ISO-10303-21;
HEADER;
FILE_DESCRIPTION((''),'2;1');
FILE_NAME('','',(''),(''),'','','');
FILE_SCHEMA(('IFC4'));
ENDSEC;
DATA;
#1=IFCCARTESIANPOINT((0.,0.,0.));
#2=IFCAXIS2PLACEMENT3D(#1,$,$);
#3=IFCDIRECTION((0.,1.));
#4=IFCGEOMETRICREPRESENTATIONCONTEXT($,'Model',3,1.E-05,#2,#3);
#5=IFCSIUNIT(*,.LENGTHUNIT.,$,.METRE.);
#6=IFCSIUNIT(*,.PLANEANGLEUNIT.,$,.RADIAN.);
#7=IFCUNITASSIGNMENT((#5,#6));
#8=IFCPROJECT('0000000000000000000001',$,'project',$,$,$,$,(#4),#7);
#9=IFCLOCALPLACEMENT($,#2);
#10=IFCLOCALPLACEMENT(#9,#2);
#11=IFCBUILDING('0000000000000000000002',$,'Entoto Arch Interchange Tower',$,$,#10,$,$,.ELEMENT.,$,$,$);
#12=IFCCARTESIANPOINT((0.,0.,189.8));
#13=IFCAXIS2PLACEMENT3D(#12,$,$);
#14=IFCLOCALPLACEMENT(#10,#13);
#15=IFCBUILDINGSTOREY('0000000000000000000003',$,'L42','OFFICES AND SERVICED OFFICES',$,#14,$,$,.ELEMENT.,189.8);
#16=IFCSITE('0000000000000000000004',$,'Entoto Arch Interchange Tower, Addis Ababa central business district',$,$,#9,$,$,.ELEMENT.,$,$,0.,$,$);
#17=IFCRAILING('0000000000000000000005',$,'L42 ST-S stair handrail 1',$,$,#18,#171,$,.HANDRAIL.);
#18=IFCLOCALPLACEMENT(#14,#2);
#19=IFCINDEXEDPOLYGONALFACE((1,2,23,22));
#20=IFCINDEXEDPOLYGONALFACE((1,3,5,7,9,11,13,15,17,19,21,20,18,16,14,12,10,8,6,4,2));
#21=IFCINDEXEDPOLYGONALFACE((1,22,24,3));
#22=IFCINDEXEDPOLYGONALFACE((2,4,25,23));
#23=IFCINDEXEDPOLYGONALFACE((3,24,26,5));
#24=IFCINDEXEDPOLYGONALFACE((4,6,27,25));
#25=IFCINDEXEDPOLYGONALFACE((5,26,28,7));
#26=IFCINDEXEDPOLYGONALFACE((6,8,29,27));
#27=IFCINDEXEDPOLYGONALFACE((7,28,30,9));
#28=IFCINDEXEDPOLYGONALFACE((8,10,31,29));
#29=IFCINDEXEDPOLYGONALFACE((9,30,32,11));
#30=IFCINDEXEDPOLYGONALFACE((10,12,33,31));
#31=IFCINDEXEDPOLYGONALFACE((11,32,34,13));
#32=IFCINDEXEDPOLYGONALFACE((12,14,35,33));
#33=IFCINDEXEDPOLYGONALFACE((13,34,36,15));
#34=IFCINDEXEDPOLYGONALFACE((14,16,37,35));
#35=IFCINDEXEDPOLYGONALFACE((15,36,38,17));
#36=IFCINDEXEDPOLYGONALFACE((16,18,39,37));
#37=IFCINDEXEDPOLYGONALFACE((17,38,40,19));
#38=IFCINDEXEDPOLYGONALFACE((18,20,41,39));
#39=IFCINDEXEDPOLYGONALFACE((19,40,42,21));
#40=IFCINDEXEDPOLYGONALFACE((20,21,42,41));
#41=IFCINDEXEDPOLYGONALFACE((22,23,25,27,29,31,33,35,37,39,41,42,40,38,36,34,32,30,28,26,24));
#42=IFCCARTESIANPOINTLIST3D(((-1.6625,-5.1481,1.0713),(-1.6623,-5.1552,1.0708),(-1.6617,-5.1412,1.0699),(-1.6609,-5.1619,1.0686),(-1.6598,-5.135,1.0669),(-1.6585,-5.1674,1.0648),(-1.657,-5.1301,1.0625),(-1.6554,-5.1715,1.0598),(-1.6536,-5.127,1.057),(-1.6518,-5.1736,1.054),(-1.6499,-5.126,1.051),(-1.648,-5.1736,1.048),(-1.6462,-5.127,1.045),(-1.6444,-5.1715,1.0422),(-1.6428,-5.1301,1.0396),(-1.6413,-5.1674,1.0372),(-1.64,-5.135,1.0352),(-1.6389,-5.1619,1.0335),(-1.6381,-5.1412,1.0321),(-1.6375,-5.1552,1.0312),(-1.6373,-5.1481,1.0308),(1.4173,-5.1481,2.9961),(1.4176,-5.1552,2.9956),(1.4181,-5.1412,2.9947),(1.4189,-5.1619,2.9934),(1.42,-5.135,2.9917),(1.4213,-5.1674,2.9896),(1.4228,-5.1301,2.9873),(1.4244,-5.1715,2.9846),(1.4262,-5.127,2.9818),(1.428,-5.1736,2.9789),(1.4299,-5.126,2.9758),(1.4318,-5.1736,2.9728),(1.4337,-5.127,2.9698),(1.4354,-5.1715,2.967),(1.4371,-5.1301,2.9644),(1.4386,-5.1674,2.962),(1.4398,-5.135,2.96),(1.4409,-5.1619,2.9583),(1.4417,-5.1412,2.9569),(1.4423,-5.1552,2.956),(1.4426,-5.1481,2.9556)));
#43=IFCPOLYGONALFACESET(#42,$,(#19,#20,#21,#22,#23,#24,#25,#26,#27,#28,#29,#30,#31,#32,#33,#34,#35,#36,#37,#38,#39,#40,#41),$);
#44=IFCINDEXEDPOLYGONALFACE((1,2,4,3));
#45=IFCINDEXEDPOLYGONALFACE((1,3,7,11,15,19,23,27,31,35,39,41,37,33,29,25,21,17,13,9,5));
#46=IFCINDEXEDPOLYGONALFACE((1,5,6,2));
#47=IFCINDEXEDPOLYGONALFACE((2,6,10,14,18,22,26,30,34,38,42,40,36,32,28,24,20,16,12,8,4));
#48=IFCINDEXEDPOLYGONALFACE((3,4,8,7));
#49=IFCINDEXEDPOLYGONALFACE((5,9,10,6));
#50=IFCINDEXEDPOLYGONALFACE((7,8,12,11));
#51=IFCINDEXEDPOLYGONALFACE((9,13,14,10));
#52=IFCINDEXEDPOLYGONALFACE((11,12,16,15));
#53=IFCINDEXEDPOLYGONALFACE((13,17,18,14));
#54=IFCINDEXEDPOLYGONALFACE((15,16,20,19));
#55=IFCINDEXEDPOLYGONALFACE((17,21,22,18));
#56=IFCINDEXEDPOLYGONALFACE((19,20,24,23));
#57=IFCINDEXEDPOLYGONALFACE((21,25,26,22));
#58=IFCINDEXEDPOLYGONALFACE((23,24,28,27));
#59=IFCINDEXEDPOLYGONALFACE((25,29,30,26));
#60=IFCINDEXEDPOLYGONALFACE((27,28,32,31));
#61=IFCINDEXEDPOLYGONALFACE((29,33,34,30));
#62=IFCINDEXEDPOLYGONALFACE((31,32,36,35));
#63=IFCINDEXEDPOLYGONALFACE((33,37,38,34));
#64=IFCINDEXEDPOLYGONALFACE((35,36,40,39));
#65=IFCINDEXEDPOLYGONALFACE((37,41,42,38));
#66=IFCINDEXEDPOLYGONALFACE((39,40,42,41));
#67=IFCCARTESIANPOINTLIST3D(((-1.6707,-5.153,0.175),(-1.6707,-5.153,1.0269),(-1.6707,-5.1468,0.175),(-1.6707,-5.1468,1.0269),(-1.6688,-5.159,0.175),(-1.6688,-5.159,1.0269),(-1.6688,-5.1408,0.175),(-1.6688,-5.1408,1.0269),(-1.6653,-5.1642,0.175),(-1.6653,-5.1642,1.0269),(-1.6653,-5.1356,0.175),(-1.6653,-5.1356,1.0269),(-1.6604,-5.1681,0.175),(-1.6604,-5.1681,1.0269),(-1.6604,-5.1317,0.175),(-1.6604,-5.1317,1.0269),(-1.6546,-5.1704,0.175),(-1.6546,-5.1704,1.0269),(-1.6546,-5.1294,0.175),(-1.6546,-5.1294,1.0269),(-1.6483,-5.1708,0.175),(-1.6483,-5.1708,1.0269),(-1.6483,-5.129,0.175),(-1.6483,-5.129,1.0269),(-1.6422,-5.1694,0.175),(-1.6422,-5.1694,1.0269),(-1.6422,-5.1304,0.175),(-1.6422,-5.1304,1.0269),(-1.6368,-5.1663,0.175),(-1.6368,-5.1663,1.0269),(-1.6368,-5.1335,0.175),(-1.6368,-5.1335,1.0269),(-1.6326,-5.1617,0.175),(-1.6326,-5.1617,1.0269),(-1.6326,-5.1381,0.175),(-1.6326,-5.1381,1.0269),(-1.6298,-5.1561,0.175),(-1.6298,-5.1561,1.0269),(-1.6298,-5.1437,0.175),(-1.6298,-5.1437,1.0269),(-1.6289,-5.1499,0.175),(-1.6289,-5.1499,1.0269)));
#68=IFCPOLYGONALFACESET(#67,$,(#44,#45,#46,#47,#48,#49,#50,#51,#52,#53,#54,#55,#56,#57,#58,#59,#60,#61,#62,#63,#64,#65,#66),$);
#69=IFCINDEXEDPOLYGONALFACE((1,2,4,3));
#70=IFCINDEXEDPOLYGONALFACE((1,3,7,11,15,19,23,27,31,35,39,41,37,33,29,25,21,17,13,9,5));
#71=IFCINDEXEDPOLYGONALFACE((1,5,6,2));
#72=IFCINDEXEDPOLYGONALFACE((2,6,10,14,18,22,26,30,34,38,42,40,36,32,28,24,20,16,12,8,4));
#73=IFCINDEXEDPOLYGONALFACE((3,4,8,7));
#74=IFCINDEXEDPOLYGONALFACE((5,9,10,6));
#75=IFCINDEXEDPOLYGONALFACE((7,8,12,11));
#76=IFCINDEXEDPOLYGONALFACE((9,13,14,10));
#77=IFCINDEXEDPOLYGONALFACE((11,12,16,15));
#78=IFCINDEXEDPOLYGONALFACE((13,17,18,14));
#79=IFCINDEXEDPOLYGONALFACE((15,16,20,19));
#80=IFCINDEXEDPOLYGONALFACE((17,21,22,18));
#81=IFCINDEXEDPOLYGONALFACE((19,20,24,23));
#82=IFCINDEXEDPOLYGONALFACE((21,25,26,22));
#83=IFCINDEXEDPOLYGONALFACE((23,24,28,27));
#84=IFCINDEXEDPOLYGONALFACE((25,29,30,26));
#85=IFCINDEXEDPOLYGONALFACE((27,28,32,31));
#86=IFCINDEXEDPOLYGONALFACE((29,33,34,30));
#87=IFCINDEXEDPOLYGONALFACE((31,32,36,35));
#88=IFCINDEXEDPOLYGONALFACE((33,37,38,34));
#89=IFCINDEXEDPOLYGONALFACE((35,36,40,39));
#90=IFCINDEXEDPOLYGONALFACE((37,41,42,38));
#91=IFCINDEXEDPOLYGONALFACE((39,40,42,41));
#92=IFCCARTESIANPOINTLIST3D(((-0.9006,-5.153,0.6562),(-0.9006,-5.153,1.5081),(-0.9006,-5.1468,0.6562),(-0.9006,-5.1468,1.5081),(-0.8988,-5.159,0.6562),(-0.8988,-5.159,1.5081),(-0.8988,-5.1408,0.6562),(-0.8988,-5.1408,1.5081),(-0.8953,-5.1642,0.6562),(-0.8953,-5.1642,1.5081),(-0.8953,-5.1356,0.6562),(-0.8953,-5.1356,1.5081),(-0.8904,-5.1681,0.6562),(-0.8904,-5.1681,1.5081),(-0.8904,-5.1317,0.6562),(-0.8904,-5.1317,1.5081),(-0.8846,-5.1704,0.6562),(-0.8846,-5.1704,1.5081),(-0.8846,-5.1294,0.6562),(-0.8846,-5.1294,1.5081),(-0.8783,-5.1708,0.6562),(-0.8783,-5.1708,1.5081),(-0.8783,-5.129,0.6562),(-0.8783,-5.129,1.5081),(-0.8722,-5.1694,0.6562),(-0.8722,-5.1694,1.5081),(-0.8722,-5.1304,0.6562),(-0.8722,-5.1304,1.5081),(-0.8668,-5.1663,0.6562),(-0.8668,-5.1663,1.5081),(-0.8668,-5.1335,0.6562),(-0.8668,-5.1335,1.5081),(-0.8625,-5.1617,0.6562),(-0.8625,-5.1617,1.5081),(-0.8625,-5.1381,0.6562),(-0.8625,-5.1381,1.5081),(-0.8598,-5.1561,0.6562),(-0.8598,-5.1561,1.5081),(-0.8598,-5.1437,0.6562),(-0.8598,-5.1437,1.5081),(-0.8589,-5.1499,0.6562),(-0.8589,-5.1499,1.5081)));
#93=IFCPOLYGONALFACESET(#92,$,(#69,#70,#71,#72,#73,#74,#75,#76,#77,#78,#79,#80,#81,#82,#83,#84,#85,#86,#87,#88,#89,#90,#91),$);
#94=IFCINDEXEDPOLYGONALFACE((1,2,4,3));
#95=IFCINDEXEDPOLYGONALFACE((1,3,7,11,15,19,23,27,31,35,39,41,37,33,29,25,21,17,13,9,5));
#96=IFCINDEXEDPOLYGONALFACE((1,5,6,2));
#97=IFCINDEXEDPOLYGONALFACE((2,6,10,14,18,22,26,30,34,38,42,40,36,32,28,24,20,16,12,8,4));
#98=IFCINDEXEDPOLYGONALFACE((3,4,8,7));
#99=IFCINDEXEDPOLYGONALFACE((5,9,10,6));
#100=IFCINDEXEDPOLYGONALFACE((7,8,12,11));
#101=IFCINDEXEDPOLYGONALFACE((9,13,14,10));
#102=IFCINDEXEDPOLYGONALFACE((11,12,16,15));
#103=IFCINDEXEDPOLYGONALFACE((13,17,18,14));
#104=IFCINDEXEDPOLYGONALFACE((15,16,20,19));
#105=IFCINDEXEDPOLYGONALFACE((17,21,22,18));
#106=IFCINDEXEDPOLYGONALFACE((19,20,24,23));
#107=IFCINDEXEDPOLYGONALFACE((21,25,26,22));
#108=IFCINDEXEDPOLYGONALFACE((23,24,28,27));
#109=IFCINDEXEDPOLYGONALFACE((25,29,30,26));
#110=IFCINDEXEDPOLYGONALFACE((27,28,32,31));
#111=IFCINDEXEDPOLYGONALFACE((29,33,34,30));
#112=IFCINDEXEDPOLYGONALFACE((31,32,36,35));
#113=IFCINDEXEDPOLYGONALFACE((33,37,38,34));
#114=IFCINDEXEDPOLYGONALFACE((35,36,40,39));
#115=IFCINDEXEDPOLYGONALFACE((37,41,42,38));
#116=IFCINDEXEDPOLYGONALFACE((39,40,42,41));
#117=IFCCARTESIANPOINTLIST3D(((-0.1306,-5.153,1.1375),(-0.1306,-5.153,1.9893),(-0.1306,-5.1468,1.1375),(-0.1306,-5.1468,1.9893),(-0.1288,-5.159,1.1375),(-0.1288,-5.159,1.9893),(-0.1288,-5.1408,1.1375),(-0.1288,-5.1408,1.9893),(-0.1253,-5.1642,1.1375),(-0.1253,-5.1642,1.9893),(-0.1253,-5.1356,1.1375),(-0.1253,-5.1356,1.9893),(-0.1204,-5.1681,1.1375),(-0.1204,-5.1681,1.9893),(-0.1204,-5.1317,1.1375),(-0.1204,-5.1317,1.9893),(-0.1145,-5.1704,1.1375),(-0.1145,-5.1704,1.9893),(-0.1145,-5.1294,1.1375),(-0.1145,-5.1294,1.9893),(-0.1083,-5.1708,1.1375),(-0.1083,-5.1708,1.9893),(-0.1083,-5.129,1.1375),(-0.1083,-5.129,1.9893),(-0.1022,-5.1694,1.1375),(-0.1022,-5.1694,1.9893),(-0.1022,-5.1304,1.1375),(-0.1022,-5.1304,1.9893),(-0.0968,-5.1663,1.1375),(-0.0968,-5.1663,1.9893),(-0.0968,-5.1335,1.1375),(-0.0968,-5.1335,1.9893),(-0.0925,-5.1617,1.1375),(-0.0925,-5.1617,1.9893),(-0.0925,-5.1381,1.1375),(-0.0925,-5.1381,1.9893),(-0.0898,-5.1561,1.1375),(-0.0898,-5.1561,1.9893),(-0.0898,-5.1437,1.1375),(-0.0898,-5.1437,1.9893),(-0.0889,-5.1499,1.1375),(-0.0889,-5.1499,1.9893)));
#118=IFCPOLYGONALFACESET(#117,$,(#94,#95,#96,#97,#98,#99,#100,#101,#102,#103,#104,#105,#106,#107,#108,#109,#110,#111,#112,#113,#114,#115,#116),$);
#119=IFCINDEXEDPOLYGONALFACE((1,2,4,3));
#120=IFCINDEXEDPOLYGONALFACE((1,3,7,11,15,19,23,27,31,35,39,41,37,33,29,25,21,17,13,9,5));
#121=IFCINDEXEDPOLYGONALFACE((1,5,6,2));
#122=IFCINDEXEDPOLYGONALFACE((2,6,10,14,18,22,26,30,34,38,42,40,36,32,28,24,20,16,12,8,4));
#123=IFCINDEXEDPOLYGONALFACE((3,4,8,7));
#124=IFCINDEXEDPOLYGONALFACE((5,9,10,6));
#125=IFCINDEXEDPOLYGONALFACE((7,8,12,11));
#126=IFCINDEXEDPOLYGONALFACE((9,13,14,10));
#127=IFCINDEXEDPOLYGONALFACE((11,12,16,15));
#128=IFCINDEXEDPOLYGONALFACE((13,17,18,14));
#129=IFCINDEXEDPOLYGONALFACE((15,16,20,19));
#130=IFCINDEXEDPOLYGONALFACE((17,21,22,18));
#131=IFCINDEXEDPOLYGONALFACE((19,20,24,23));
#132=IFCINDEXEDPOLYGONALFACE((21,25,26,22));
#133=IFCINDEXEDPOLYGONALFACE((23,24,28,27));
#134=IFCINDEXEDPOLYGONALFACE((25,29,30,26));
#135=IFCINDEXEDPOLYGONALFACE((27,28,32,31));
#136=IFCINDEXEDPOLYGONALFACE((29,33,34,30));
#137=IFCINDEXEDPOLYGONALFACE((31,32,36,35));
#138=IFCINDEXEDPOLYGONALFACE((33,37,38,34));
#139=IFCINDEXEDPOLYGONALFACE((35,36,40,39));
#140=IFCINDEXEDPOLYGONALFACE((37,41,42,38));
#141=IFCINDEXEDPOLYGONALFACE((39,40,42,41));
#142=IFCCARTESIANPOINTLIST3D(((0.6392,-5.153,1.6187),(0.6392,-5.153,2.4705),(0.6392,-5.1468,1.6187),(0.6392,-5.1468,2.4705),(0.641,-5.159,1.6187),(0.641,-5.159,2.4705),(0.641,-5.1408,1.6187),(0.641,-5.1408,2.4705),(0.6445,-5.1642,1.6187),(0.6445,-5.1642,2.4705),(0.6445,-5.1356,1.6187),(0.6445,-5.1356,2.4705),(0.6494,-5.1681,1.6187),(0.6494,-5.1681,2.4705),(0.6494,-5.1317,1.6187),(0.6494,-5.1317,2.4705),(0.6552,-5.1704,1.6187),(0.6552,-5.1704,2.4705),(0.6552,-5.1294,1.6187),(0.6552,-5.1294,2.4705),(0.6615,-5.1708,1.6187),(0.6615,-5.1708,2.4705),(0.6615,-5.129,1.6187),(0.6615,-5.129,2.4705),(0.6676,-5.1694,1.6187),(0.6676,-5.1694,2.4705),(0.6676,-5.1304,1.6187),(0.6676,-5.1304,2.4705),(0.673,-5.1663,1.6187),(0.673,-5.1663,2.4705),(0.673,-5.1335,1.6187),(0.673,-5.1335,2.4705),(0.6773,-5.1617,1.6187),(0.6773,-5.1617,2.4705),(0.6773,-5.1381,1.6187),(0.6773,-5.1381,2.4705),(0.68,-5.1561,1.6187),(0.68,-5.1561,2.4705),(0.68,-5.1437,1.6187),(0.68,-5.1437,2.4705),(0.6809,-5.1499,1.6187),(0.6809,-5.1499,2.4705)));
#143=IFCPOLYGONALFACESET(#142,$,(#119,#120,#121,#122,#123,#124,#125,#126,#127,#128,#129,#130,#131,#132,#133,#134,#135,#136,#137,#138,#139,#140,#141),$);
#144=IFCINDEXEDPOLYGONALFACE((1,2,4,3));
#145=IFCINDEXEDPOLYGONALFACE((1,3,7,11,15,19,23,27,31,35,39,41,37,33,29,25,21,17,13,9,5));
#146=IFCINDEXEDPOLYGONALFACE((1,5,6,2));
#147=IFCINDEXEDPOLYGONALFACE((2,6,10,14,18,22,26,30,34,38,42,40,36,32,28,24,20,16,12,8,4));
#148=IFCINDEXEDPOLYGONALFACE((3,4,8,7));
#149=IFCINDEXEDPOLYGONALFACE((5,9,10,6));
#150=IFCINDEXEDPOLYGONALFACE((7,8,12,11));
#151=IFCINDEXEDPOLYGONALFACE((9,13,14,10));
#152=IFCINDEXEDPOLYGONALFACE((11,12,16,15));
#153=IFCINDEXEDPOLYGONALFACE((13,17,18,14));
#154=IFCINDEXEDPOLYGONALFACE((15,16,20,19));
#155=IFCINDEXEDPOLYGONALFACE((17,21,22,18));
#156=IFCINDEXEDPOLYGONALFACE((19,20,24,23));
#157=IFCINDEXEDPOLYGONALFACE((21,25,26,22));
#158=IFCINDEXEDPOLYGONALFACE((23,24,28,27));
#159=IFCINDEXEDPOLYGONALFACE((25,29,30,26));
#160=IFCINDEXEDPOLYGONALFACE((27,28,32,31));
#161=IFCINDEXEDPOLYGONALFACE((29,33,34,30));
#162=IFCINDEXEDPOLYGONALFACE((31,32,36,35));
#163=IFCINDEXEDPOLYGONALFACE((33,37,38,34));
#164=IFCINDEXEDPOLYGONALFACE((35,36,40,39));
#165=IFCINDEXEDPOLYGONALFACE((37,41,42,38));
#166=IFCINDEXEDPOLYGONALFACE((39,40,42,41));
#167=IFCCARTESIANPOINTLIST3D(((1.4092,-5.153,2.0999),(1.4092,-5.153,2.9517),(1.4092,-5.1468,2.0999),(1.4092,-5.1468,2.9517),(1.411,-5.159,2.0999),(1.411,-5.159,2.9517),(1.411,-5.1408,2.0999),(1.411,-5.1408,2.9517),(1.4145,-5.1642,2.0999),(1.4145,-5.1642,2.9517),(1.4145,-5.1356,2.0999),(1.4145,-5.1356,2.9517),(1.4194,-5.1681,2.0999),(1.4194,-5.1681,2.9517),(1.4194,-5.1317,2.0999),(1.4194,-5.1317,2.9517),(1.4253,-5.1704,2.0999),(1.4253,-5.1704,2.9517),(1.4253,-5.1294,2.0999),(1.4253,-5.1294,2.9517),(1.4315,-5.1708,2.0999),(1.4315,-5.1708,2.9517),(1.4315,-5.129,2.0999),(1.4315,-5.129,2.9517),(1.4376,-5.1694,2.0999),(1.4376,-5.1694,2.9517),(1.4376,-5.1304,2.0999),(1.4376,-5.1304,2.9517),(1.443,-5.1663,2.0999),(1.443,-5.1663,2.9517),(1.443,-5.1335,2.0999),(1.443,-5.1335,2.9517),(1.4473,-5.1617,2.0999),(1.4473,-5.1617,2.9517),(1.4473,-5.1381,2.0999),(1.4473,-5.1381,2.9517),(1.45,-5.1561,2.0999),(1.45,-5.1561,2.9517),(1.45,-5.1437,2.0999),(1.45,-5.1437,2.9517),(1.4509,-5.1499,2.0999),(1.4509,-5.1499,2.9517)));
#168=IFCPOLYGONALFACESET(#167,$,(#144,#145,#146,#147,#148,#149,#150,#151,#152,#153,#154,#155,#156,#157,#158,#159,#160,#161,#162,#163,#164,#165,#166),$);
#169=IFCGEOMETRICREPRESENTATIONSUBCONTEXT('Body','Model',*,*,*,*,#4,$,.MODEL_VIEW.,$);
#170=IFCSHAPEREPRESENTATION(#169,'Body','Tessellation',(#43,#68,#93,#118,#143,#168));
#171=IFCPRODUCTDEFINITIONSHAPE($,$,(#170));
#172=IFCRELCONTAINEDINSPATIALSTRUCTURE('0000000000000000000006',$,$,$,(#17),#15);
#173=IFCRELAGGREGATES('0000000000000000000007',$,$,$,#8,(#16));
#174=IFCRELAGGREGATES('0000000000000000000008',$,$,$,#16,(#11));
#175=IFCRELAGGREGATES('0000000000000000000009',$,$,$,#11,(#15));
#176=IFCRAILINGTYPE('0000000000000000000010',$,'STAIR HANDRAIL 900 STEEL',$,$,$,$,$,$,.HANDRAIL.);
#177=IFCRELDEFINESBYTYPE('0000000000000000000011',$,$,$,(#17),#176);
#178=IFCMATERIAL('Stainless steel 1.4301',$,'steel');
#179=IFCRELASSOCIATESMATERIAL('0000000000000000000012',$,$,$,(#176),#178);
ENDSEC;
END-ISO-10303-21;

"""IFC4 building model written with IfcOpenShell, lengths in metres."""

from ifc_helpers import new_model, si_unit, direction, frame, origin, origin_2d, place, context, subcontext, project, spatial, circle, extrude, material, type_object, element, save


model = new_model("IFC4")

# Units and contexts
model_context = context("Model", 3, precision=1e-05, world=origin(), true_north=direction((0.0, 1.0)))
body_context = subcontext(model_context, "Body", "Model", "MODEL_VIEW")
ifc_project = project(units=[si_unit("LENGTHUNIT", "METRE"), si_unit("PLANEANGLEUNIT", "RADIAN")], contexts=[model_context])

# Site, building, storey
site_placement = place(None, origin())
site = spatial("IfcSite", under=ifc_project, at=site_placement, Name="Entoto Arch Interchange Tower, Addis Ababa central business district", CompositionType="ELEMENT", RefElevation=0.0)
building_placement = place(site_placement, origin())
building = spatial("IfcBuilding", under=site, at=building_placement, Name="Entoto Arch Interchange Tower", CompositionType="ELEMENT")
storey_placement = place(building_placement, frame((0.0, 0.0, 189.8)))
storey = spatial("IfcBuildingStorey", under=building, at=storey_placement, Name="L42", Description="OFFICES AND SERVICED OFFICES", CompositionType="ELEMENT", Elevation=189.8)

# Railing
ifc_material_1 = material(Name="Stainless steel 1.4301", Category="steel")
railing_type_1 = type_object("IfcRailingType", Name="STAIR HANDRAIL 900 STEEL", PredefinedType="HANDRAIL", material=ifc_material_1)
railing_1_placement = place(storey_placement, frame((-1.6499, -5.1499, 0.175)))
element("IfcRailing", 1, at=railing_1_placement, inside=storey, type_object=railing_type_1, Name="L42 ST-S stair handrail 1", PredefinedType="HANDRAIL", context=body_context, shape_type="SweptSolid", body=[
    extrude(circle(Radius=0.0239, at=origin_2d()), frame((0.0, 0.0, 0.876), z_axis=(0.84801, 0.0, 0.529981), x_axis=(0.0, 1.0, 0.0)), (0.0, 0.0, 1.0), 3.6318),
    extrude(circle(Radius=0.021, at=origin_2d()), origin(), (0.0, 0.0, 1.0), 0.8518),
    extrude(circle(Radius=0.021, at=origin_2d()), frame((0.77, 0.0, 0.4812)), (0.0, 0.0, 1.0), 0.8518),
    extrude(circle(Radius=0.021, at=origin_2d()), frame((1.54, 0.0, 0.9624)), (0.0, 0.0, 1.0), 0.8518),
    extrude(circle(Radius=0.021, at=origin_2d()), frame((2.3098, 0.0, 1.4436)), (0.0, 0.0, 1.0), 0.8518),
    extrude(circle(Radius=0.021, at=origin_2d()), frame((3.0798, 0.0, 1.9248)), (0.0, 0.0, 1.0), 0.8518),
])

save(model, "model.ifc")
